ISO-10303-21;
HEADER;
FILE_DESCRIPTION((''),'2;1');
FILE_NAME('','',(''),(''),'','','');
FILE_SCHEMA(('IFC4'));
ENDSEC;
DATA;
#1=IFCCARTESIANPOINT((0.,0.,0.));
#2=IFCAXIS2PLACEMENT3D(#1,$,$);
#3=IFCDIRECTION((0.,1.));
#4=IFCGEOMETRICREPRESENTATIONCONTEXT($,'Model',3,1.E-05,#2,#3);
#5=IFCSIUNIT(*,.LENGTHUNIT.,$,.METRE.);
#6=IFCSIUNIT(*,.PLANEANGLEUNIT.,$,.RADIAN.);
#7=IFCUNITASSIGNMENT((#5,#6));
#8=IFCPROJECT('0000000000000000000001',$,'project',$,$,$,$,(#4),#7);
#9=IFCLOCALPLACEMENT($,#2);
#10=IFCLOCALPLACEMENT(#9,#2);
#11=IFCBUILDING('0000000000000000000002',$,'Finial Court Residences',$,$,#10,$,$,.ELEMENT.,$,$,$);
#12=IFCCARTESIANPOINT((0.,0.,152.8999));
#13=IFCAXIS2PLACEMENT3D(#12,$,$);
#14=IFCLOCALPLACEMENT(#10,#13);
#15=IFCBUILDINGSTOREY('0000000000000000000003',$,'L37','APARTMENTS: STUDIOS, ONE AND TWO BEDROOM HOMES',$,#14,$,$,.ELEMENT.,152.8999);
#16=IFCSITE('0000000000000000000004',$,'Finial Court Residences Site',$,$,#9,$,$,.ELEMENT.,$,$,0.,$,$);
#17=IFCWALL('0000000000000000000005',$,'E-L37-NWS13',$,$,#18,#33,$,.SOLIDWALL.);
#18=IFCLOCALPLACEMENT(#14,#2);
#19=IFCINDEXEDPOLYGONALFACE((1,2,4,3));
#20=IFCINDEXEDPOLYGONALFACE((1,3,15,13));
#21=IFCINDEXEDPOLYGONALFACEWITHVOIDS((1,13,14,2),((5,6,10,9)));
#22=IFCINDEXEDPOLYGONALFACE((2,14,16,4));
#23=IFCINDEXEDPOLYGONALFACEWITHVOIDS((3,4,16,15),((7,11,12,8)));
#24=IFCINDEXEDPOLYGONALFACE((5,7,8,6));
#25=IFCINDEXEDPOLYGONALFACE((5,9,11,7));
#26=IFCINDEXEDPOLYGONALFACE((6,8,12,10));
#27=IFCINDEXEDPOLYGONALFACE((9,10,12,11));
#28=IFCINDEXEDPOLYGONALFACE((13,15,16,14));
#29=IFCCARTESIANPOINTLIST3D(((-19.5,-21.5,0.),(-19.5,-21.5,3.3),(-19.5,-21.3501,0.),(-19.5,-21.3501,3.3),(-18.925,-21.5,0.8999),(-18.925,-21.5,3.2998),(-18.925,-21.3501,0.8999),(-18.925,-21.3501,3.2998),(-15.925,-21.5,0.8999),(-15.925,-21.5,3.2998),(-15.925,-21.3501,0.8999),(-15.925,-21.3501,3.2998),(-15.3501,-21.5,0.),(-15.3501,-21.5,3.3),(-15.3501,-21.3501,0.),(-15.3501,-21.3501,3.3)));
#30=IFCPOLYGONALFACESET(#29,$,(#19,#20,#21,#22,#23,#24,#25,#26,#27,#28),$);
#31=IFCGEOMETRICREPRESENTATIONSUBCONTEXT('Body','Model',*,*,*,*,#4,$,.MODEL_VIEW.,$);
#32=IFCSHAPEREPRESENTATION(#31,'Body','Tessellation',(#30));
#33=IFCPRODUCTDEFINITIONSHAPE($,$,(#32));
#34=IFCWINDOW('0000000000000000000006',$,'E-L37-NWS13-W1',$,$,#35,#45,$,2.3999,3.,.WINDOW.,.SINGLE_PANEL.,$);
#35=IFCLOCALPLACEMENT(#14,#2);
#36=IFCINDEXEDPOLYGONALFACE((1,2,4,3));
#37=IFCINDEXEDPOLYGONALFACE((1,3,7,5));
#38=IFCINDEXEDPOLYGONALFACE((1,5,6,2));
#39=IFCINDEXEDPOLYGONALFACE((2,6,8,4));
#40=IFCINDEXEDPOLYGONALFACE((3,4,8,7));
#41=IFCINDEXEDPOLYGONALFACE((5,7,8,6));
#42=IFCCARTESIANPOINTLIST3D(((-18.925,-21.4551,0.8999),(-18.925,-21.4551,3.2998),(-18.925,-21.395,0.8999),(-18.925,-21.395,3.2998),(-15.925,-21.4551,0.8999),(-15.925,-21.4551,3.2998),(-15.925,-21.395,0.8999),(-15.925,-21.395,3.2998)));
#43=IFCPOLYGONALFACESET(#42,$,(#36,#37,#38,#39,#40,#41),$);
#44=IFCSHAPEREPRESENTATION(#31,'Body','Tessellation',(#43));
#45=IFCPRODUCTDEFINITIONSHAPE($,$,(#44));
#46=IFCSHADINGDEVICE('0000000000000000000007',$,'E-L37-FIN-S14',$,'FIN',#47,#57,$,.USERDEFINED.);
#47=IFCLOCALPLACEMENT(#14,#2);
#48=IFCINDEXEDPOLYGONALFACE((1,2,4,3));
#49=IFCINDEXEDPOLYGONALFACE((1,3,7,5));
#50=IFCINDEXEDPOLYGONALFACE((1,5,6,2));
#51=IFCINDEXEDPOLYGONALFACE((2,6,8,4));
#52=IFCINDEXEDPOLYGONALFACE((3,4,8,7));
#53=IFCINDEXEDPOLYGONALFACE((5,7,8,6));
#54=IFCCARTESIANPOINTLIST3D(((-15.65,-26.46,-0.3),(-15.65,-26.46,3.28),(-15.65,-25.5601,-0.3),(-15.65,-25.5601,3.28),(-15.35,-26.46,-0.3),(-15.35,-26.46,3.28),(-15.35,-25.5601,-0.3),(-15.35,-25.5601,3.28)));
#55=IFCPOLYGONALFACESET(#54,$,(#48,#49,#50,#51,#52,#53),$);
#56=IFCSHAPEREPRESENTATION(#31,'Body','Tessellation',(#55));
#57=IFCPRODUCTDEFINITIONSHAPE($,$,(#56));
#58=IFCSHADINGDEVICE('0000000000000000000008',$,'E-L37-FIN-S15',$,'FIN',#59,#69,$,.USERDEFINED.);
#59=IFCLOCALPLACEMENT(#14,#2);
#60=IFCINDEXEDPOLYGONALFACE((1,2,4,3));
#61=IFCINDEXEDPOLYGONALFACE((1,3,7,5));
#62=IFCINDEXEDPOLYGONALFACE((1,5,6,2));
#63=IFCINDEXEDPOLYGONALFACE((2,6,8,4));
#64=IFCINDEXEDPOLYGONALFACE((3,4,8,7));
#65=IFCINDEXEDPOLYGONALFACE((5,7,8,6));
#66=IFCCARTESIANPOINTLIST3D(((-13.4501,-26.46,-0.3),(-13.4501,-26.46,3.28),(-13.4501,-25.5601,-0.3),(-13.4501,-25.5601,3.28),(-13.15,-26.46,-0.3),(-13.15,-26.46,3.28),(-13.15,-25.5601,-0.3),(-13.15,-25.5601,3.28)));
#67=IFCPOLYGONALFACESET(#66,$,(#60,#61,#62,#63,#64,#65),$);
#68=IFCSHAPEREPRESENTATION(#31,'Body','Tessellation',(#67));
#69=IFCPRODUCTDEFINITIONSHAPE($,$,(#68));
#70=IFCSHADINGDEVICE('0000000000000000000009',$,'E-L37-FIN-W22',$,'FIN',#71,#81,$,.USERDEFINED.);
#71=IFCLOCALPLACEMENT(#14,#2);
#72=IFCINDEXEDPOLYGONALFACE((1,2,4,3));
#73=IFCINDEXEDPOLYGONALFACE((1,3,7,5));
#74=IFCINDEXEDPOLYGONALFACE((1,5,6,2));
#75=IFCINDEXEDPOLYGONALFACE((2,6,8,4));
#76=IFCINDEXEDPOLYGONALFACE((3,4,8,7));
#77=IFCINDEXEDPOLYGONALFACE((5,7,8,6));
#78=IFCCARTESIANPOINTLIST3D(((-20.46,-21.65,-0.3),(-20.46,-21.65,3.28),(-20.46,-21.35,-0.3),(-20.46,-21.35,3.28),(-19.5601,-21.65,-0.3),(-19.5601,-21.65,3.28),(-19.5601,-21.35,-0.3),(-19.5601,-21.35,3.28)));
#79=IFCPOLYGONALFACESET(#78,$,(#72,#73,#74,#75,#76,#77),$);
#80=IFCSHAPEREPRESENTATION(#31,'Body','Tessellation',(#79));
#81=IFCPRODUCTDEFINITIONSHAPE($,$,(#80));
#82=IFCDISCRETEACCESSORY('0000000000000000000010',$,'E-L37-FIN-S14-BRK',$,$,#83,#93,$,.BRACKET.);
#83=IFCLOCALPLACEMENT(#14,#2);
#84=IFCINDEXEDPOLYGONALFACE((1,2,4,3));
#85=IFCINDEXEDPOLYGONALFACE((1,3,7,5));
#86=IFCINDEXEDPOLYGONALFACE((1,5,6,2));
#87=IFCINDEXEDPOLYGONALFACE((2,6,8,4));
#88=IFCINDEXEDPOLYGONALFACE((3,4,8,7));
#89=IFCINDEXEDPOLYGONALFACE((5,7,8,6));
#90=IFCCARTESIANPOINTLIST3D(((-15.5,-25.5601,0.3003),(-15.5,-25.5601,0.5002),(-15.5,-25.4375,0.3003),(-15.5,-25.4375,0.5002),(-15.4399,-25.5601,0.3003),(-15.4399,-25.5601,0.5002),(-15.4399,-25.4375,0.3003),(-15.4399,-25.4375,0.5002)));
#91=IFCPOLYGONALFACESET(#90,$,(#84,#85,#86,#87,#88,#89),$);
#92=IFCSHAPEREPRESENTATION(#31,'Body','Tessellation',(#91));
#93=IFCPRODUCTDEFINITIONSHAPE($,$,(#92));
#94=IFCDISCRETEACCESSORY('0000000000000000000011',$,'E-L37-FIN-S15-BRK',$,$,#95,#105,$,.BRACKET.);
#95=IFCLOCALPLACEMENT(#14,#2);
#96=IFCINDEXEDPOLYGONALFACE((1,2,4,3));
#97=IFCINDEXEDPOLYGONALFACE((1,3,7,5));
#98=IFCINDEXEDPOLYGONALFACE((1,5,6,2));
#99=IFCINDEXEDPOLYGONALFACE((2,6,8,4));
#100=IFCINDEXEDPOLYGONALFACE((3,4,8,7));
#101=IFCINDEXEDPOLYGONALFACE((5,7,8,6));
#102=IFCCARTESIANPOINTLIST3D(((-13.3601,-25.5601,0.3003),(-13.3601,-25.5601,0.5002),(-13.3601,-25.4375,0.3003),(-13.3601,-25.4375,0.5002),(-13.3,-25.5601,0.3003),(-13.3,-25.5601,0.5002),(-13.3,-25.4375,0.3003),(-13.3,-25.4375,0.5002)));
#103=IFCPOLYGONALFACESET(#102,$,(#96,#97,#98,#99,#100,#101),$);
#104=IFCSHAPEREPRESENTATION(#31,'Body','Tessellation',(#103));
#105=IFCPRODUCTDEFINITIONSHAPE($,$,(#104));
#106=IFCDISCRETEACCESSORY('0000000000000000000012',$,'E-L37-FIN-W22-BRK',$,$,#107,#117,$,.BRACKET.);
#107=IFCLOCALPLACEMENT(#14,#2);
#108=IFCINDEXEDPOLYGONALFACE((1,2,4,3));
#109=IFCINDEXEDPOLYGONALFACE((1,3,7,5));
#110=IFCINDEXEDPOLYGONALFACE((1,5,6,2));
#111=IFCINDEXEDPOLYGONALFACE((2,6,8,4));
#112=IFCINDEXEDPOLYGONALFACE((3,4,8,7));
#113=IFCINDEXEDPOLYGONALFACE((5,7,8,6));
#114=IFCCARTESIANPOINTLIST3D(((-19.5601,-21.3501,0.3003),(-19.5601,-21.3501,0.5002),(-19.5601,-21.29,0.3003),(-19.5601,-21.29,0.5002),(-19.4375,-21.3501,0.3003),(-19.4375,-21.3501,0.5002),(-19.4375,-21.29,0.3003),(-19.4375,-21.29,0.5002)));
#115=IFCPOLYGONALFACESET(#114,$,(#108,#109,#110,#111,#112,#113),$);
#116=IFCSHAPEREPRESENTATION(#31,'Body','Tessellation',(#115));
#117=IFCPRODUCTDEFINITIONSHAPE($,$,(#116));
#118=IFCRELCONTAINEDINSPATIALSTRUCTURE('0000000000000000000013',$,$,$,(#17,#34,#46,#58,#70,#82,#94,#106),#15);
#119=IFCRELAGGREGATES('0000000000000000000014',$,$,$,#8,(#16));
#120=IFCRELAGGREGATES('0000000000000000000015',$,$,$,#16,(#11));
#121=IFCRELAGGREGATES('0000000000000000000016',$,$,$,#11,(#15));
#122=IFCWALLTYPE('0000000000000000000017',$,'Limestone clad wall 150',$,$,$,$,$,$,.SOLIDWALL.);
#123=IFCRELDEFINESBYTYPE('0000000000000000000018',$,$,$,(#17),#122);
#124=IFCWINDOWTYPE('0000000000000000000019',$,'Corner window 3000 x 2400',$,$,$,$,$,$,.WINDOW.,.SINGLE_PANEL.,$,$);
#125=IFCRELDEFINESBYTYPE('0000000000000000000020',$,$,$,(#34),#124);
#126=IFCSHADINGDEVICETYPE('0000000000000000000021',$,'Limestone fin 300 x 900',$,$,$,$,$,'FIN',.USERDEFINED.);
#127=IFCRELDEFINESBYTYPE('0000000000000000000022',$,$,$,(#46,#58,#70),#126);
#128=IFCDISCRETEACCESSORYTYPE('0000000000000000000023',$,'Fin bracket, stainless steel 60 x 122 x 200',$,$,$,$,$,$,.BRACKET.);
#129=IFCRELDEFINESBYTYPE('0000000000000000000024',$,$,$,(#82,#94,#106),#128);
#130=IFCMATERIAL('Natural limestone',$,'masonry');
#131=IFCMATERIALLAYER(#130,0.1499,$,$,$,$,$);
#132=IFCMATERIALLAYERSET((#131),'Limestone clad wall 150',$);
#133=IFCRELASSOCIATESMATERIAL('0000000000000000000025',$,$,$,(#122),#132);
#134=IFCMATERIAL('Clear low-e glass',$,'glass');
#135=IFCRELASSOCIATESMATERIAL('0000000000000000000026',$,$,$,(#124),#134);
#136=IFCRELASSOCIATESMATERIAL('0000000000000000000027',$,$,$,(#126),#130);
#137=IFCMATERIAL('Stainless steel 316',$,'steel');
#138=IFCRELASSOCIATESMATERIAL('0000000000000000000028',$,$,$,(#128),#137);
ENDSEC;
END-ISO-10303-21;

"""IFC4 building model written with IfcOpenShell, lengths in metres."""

from ifc_helpers import new_model, si_unit, direction, frame, frame_2d, origin, origin_2d, place, context, subcontext, project, spatial, rectangle, extrude, material, layer, layer_set, type_object, element, fill, save


model = new_model("IFC4")

# Units and contexts
model_context = context("Model", 3, precision=1e-05, world=origin(), true_north=direction((0.0, 1.0)))
body_context = subcontext(model_context, "Body", "Model", "MODEL_VIEW")
ifc_project = project(units=[si_unit("LENGTHUNIT", "METRE"), si_unit("PLANEANGLEUNIT", "RADIAN")], contexts=[model_context])

# Site, building, storey
site_placement = place(None, origin())
site = spatial("IfcSite", under=ifc_project, at=site_placement, Name="Finial Court Residences Site", CompositionType="ELEMENT", RefElevation=0.0)
building_placement = place(site_placement, origin())
building = spatial("IfcBuilding", under=site, at=building_placement, Name="Finial Court Residences", CompositionType="ELEMENT")
storey_placement = place(building_placement, frame((0.0, 0.0, 152.8999)))
storey = spatial("IfcBuildingStorey", under=building, at=storey_placement, Name="L37", Description="APARTMENTS: STUDIOS, ONE AND TWO BEDROOM HOMES", CompositionType="ELEMENT", Elevation=152.8999)

# Shared definitions
ifc_material_1 = material(Name="Clear low-e glass", Category="glass")

# Wall, opening, window
ifc_material_2 = material(Name="Natural limestone", Category="masonry")
ifc_layer_1 = layer(ifc_material_2, 0.1499)
ifc_layer_set_1 = layer_set([ifc_layer_1], Name="Limestone clad wall 150")
wall_type_1 = type_object("IfcWallType", Name="Limestone clad wall 150", PredefinedType="SOLIDWALL", material=ifc_layer_set_1)
wall_1_placement = place(storey_placement, frame((-15.3501, -21.425, 0.0), z_axis=(0.0, 0.0, 1.0), x_axis=(-1.0, 0.0, 0.0)))
wall_1 = element("IfcWall", 1, at=wall_1_placement, inside=storey, type_object=wall_type_1, Name="E-L37-NWS13", PredefinedType="SOLIDWALL", context=body_context, shape_type="SweptSolid", body=[
    extrude(rectangle(XDim=4.1499, YDim=0.1499, at=frame_2d((2.075, 0.0))), origin(), (0.0, 0.0, 1.0), 3.3),
])
opening_1_placement = place(wall_1_placement, frame((0.575, 0.0, 0.8999)))
opening_1 = element("IfcOpeningElement", 2, at=opening_1_placement, cuts=wall_1, PredefinedType="OPENING", context=body_context, shape_type="SweptSolid", body=[
    extrude(rectangle(XDim=3.0, YDim=2.3999, at=frame_2d((1.5, 1.2))), frame((0.0, 0.085, 0.0), z_axis=(0.0, -1.0, 0.0), x_axis=(1.0, 0.0, 0.0)), (0.0, 0.0, 1.0), 0.1699),
])
window_type_1 = type_object("IfcWindowType", Name="Corner window 3000 x 2400", PartitioningType="SINGLE_PANEL", PredefinedType="WINDOW", material=ifc_material_1)
window_1_placement = place(opening_1_placement, origin())
window_1 = element("IfcWindow", 3, at=window_1_placement, inside=storey, type_object=window_type_1, Name="E-L37-NWS13-W1", OverallHeight=2.3999, OverallWidth=3.0, PartitioningType="SINGLE_PANEL", PredefinedType="WINDOW", context=body_context, shape_type="SweptSolid", body=[
    extrude(rectangle(XDim=3.0, YDim=2.3999, at=frame_2d((1.5, 1.2))), frame((0.0, 0.03, 0.0), z_axis=(0.0, -1.0, 0.0), x_axis=(1.0, 0.0, 0.0)), (0.0, 0.0, 1.0), 0.0601),
])
fill(opening_1, window_1)

# Shading devices
shading_device_type = type_object("IfcShadingDeviceType", Name="Limestone fin 300 x 900", ElementType="FIN", PredefinedType="USERDEFINED", material=ifc_material_2)
for number, where, z_axis, x_axis, name in (
    (4, (-15.5, -26.01, -0.3), (0.0, 0.0, 1.0), (1.0, 0.0, 0.0), "E-L37-FIN-S14"),
    (5, (-13.3, -26.01, -0.3), (0.0, 0.0, 1.0), (1.0, 0.0, 0.0), "E-L37-FIN-S15"),
):
    element("IfcShadingDevice", number, at=place(storey_placement, frame(where, z_axis=z_axis, x_axis=x_axis)), inside=storey, type_object=shading_device_type, Name=name, ObjectType="FIN", PredefinedType="USERDEFINED", context=body_context, shape_type="SweptSolid", body=[
        extrude(rectangle(XDim=0.3, YDim=0.8999, at=origin_2d()), origin(), (0.0, 0.0, 1.0), 3.5801),
    ])
shading_device_placement = place(storey_placement, frame((-20.01, -21.5, -0.3), z_axis=(0.0, 0.0, 1.0), x_axis=(1.0, 0.0, 0.0)))
element("IfcShadingDevice", 6, at=shading_device_placement, inside=storey, type_object=shading_device_type, Name="E-L37-FIN-W22", ObjectType="FIN", PredefinedType="USERDEFINED", context=body_context, shape_type="SweptSolid", body=[
    extrude(rectangle(XDim=0.8999, YDim=0.3, at=origin_2d()), origin(), (0.0, 0.0, 1.0), 3.5801),
])

# Discrete accessories
ifc_material_3 = material(Name="Stainless steel 316", Category="steel")
discrete_accessory_type = type_object("IfcDiscreteAccessoryType", Name="Fin bracket, stainless steel 60 x 122 x 200", PredefinedType="BRACKET", material=ifc_material_3)
for number, where, z_axis, x_axis, name in (
    (7, (-15.47, -25.4988, 0.3003), (0.0, 0.0, 1.0), (1.0, 0.0, 0.0), "E-L37-FIN-S14-BRK"),
    (8, (-13.3301, -25.4988, 0.3003), (0.0, 0.0, 1.0), (1.0, 0.0, 0.0), "E-L37-FIN-S15-BRK"),
):
    element("IfcDiscreteAccessory", number, at=place(storey_placement, frame(where, z_axis=z_axis, x_axis=x_axis)), inside=storey, type_object=discrete_accessory_type, Name=name, PredefinedType="BRACKET", context=body_context, shape_type="SweptSolid", body=[
        extrude(rectangle(XDim=0.0601, YDim=0.1226, at=origin_2d()), origin(), (0.0, 0.0, 1.0), 0.2),
    ])
discrete_accessory_placement = place(storey_placement, frame((-19.4988, -21.3201, 0.3003), z_axis=(0.0, 0.0, 1.0), x_axis=(1.0, 0.0, 0.0)))
element("IfcDiscreteAccessory", 9, at=discrete_accessory_placement, inside=storey, type_object=discrete_accessory_type, Name="E-L37-FIN-W22-BRK", PredefinedType="BRACKET", context=body_context, shape_type="SweptSolid", body=[
    extrude(rectangle(XDim=0.1226, YDim=0.0601, at=origin_2d()), origin(), (0.0, 0.0, 1.0), 0.2),
])

save(model, "model.ifc")
